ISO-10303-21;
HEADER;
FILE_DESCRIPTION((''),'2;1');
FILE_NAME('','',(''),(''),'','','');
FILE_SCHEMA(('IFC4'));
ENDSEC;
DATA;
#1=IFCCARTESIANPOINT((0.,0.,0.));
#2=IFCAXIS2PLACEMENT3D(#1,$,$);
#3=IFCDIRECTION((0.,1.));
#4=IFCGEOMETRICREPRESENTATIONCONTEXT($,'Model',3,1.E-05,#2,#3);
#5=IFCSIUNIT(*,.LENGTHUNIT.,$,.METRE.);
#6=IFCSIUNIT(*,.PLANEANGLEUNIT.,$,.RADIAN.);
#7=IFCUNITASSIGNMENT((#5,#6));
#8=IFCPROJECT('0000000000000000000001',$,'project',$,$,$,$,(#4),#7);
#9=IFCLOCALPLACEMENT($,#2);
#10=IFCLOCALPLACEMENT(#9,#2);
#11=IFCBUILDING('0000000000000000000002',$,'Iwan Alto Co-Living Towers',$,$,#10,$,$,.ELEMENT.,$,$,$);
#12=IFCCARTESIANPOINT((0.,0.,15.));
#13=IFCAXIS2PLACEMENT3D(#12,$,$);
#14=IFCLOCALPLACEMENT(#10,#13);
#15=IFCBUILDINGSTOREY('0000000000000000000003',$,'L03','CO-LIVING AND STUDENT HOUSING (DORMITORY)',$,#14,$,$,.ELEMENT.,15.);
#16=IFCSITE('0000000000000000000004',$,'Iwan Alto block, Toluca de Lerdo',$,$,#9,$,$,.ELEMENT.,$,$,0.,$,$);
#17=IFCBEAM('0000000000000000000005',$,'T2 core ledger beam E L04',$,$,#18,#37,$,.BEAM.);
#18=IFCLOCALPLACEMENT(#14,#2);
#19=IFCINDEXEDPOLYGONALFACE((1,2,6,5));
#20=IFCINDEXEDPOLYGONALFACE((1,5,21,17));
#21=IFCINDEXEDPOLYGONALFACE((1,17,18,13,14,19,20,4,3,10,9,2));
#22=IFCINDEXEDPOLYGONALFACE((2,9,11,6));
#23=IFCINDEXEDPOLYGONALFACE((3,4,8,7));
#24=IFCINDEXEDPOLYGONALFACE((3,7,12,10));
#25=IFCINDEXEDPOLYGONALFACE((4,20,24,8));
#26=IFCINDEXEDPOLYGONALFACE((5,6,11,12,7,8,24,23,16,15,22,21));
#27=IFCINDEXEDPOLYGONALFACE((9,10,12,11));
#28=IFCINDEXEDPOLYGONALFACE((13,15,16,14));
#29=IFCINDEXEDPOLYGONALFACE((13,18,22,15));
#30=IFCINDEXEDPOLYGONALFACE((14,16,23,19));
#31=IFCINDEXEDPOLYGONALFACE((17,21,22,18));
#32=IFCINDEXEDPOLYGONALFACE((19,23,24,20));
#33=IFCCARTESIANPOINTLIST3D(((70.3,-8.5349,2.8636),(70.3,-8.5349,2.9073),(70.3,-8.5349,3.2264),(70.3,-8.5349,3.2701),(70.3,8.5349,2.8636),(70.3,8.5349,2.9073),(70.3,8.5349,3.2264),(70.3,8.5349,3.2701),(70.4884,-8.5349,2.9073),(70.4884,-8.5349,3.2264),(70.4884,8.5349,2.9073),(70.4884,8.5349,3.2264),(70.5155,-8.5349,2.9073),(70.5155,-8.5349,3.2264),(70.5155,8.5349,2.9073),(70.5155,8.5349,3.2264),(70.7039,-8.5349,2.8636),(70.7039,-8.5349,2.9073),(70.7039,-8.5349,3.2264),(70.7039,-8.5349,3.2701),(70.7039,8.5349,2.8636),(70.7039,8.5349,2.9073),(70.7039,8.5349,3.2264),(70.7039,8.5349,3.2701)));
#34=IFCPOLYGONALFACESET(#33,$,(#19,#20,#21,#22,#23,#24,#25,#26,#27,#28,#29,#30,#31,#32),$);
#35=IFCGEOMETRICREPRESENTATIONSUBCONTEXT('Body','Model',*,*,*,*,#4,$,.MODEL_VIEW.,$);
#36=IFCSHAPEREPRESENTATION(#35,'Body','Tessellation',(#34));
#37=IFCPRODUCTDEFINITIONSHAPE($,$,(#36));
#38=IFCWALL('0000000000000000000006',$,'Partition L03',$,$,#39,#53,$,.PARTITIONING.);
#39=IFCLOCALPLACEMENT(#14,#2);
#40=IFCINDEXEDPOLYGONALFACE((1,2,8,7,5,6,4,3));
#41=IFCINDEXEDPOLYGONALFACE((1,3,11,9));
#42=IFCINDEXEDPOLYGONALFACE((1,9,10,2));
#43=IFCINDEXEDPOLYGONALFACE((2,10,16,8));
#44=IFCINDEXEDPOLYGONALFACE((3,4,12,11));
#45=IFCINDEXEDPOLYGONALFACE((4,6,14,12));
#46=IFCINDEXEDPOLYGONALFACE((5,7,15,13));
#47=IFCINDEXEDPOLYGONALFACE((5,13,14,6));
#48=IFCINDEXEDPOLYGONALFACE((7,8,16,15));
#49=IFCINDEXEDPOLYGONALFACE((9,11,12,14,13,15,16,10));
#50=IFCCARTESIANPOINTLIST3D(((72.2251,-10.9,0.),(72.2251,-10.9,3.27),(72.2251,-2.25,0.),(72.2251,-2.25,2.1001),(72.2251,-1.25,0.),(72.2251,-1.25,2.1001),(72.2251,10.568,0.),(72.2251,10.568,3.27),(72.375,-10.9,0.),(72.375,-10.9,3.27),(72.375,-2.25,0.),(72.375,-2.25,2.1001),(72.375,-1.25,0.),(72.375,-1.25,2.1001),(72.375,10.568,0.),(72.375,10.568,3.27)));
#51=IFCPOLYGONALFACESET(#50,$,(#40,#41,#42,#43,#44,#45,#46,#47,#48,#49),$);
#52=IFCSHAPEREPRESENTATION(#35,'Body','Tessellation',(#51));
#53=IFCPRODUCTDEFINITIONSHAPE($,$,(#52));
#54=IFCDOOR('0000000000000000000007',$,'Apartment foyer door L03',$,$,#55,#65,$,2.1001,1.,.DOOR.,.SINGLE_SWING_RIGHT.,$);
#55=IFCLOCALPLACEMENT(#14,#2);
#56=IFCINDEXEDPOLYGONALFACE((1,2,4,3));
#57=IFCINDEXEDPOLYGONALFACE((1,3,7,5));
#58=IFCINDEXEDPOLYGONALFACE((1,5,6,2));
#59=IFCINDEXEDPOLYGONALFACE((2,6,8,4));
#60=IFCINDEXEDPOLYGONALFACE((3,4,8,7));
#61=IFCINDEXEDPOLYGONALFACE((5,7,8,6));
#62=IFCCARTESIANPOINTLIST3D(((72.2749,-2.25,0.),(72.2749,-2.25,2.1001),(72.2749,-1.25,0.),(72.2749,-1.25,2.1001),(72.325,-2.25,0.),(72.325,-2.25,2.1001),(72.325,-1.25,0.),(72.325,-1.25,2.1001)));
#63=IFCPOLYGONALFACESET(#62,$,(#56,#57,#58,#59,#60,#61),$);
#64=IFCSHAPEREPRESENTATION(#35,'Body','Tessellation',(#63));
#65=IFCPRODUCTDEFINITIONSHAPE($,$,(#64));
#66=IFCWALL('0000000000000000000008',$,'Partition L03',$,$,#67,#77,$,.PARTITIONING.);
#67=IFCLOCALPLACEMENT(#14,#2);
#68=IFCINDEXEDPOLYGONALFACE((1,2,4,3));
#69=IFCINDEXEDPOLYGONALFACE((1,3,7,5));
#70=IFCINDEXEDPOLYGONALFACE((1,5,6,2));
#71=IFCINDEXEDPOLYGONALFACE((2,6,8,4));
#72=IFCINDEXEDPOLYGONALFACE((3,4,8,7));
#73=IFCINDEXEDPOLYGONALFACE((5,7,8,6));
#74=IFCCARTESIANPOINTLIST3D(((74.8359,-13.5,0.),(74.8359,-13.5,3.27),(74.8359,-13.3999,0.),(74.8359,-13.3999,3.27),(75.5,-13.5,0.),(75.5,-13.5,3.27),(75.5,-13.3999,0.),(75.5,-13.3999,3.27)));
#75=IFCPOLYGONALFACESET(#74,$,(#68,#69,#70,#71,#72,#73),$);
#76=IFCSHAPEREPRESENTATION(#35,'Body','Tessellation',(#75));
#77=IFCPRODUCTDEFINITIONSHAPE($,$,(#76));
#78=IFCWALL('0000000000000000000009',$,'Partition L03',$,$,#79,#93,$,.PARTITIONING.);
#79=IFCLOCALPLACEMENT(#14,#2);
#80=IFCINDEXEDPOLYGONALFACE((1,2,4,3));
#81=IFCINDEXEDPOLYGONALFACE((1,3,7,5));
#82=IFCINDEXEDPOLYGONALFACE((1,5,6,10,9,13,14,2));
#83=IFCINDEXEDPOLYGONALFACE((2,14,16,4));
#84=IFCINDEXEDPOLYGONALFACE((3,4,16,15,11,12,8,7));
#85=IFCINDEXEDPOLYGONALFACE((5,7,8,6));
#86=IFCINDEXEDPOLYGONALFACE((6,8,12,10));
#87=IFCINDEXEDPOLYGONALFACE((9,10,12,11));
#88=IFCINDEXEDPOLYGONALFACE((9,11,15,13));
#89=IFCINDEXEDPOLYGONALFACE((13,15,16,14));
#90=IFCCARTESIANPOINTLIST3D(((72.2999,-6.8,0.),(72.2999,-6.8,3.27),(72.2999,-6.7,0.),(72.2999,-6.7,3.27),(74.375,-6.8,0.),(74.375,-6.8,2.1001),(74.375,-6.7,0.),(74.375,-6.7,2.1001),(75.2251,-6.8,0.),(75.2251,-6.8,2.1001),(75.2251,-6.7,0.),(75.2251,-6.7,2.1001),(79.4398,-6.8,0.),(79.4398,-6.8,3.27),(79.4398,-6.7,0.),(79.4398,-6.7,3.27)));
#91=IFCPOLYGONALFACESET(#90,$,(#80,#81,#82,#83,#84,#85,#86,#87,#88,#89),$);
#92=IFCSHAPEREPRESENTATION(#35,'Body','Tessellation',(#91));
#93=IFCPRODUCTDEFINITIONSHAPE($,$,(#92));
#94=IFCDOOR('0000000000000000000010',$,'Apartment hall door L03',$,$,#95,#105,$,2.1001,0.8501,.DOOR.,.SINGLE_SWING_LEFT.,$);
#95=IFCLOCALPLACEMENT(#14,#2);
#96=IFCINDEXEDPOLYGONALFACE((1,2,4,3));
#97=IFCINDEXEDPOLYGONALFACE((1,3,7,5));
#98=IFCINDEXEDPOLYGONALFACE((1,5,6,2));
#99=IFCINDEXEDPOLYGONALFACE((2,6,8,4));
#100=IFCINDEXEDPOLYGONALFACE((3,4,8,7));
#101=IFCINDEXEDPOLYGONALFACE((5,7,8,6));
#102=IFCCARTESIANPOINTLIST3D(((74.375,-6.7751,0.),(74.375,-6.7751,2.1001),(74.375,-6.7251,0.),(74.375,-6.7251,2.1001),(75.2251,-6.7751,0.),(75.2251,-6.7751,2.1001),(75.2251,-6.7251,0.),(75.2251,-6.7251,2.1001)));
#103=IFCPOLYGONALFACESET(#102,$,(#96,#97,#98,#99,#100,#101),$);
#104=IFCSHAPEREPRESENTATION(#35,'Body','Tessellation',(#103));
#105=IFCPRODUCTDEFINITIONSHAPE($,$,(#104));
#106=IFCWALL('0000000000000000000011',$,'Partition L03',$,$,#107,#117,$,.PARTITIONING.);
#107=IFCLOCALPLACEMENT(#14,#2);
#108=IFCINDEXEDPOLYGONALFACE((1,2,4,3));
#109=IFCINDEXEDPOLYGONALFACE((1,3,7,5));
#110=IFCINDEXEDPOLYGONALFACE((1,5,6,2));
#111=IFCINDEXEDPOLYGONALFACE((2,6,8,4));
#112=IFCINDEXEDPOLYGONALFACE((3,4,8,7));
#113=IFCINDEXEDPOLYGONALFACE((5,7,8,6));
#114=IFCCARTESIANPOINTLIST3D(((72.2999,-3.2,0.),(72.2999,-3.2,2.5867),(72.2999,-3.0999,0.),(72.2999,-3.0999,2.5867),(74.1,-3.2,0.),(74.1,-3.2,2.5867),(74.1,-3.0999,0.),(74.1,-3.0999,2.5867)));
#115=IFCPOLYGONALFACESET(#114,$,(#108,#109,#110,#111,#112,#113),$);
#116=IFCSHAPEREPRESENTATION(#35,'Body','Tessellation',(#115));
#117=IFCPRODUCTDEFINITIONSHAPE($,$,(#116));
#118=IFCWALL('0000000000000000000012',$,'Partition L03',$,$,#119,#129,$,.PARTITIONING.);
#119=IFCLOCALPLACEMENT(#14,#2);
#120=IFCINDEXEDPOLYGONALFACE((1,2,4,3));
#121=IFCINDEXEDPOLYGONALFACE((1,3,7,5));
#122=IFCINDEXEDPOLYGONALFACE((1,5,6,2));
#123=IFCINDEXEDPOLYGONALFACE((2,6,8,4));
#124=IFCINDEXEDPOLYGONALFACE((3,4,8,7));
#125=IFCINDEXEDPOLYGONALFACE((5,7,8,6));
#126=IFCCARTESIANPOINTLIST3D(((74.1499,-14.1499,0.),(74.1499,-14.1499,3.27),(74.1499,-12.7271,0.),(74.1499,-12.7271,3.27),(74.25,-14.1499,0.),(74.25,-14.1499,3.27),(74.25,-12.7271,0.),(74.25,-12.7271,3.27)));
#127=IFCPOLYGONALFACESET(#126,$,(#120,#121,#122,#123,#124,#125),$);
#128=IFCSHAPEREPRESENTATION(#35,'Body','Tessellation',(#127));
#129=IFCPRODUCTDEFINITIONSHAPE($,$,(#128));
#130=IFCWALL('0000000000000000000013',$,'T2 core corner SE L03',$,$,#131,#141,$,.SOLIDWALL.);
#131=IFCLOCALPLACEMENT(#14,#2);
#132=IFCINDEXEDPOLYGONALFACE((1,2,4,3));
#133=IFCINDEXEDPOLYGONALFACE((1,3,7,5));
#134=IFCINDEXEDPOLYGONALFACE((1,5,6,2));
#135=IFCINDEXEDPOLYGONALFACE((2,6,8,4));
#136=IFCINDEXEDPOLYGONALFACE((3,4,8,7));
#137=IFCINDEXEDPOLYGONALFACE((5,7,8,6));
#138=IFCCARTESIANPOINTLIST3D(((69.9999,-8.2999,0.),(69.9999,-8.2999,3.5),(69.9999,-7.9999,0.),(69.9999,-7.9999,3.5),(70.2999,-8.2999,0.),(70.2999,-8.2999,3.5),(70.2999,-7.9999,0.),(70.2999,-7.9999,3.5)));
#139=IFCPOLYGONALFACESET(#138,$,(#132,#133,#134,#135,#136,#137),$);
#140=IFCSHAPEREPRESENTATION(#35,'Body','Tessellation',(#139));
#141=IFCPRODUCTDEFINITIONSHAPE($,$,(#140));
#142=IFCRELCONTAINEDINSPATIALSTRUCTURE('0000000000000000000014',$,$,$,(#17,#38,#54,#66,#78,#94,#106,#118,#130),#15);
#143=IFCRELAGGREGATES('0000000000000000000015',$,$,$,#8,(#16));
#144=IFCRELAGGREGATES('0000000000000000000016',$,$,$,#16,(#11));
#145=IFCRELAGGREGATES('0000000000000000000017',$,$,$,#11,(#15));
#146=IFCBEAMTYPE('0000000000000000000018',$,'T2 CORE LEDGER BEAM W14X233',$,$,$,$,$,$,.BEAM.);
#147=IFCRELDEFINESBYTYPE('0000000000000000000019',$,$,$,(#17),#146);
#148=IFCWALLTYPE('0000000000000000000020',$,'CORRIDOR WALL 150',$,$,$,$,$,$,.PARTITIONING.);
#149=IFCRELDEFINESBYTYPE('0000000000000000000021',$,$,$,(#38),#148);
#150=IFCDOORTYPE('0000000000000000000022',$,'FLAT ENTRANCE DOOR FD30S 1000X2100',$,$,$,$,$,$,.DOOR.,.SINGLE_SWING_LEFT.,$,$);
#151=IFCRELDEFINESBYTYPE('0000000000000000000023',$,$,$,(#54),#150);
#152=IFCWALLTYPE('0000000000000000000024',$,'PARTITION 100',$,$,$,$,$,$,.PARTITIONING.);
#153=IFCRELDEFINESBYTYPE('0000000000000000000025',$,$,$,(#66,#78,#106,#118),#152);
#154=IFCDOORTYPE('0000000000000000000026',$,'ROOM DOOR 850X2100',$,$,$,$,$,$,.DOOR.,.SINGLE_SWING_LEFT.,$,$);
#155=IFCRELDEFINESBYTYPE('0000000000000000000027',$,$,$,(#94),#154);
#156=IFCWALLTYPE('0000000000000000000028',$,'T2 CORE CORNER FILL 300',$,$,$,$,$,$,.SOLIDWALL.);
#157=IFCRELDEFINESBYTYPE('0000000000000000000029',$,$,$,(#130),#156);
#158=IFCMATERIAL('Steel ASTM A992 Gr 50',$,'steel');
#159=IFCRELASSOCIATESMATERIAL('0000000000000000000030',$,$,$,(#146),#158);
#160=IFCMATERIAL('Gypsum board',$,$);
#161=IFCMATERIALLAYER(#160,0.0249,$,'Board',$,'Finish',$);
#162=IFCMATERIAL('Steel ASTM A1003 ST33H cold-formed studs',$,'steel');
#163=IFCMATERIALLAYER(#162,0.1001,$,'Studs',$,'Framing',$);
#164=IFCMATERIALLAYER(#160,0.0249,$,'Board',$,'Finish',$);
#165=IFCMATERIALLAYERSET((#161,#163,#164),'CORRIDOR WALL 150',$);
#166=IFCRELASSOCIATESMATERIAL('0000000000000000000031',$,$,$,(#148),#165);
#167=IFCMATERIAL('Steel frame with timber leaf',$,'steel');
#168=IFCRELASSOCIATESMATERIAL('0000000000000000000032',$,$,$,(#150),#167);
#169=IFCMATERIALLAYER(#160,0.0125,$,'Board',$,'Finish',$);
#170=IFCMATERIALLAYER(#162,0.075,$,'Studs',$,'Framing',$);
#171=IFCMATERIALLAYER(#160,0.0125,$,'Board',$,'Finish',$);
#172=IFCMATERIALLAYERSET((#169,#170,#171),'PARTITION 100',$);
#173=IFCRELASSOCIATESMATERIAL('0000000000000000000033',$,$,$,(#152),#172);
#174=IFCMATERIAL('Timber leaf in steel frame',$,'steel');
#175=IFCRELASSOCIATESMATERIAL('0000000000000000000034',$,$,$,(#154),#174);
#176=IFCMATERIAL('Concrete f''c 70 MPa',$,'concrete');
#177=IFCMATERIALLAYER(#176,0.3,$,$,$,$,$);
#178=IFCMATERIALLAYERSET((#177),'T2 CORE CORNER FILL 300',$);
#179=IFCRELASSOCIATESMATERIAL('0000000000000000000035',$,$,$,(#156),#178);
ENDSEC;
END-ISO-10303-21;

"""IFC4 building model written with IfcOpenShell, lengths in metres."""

from ifc_helpers import new_model, si_unit, direction, frame, frame_2d, origin, origin_2d, place, context, subcontext, project, spatial, rectangle, i_section, extrude, material, layer, layer_set, material_profile, profile_set, type_object, element, fill, save


model = new_model("IFC4")

# Units and contexts
model_context = context("Model", 3, precision=1e-05, world=origin(), true_north=direction((0.0, 1.0)))
body_context = subcontext(model_context, "Body", "Model", "MODEL_VIEW")
ifc_project = project(units=[si_unit("LENGTHUNIT", "METRE"), si_unit("PLANEANGLEUNIT", "RADIAN")], contexts=[model_context])

# Site, building, storey
site_placement = place(None, origin())
site = spatial("IfcSite", under=ifc_project, at=site_placement, Name="Iwan Alto block, Toluca de Lerdo", CompositionType="ELEMENT", RefElevation=0.0)
building_placement = place(site_placement, origin())
building = spatial("IfcBuilding", under=site, at=building_placement, Name="Iwan Alto Co-Living Towers", CompositionType="ELEMENT")
storey_placement = place(building_placement, frame((0.0, 0.0, 15.0)))
storey = spatial("IfcBuildingStorey", under=building, at=storey_placement, Name="L03", Description="CO-LIVING AND STUDENT HOUSING (DORMITORY)", CompositionType="ELEMENT", Elevation=15.0)

# Beam
ifc_material_1 = material(Name="Steel ASTM A992 Gr 50", Category="steel")
ifc_material_profile = material_profile(ifc_material_1, i_section(OverallWidth=0.4038, OverallDepth=0.4065, WebThickness=0.0271, FlangeThickness=0.0437, at=origin_2d()), Name="W14X233")
ifc_profile_set = profile_set([ifc_material_profile], Name="Steel ASTM A992 Gr 50")
beam_type = type_object("IfcBeamType", Name="T2 CORE LEDGER BEAM W14X233", PredefinedType="BEAM", material=ifc_profile_set)
beam_placement = place(storey_placement, frame((70.502, -8.5349, 3.0669), z_axis=(0.0, 1.0, 0.0), x_axis=(-1.0, 0.0, 0.0)))
element("IfcBeam", 1, at=beam_placement, inside=storey, type_object=beam_type, Name="T2 core ledger beam E L04", PredefinedType="BEAM", context=body_context, shape_type="SweptSolid", body=[
    extrude(i_section(OverallWidth=0.4038, OverallDepth=0.4065, WebThickness=0.0271, FlangeThickness=0.0437, at=origin_2d()), origin(), (0.0, 0.0, 1.0), 17.0698),
])

# Wall, opening, door
ifc_material_2 = material(Name="Gypsum board")
ifc_layer_1 = layer(ifc_material_2, 0.0249, Name="Board", Category="Finish")
ifc_material_3 = material(Name="Steel ASTM A1003 ST33H cold-formed studs", Category="steel")
ifc_layer_2 = layer(ifc_material_3, 0.1001, Name="Studs", Category="Framing")
ifc_layer_3 = layer(ifc_material_2, 0.0249, Name="Board", Category="Finish")
ifc_layer_set_1 = layer_set([ifc_layer_1, ifc_layer_2, ifc_layer_3], Name="CORRIDOR WALL 150")
wall_type_1 = type_object("IfcWallType", Name="CORRIDOR WALL 150", PredefinedType="PARTITIONING", material=ifc_layer_set_1)
wall_1_placement = place(storey_placement, frame((72.3, -10.8999, 0.0), z_axis=(0.0, 0.0, 1.0), x_axis=(0.0, 1.0, 0.0)))
wall_1 = element("IfcWall", 2, at=wall_1_placement, inside=storey, type_object=wall_type_1, Name="Partition L03", PredefinedType="PARTITIONING", context=body_context, shape_type="SweptSolid", body=[
    extrude(rectangle(XDim=21.468, YDim=0.1499, at=frame_2d((10.7339, 0.0))), origin(), (0.0, 0.0, 1.0), 3.27),
])
opening_1_placement = place(wall_1_placement, frame((8.6499, 0.0, 0.0)))
opening_1 = element("IfcOpeningElement", 3, at=opening_1_placement, cuts=wall_1, PredefinedType="OPENING", context=body_context, shape_type="SweptSolid", body=[
    extrude(rectangle(XDim=1.0, YDim=2.1001, at=frame_2d((0.5, 1.05))), frame((0.0, 0.085, 0.0), z_axis=(0.0, -1.0, 0.0), x_axis=(1.0, 0.0, 0.0)), (0.0, 0.0, 1.0), 0.1699),
])
ifc_material_4 = material(Name="Steel frame with timber leaf", Category="steel")
door_type_1 = type_object("IfcDoorType", Name="FLAT ENTRANCE DOOR FD30S 1000X2100", OperationType="SINGLE_SWING_LEFT", PredefinedType="DOOR", material=ifc_material_4)
door_1_placement = place(opening_1_placement, frame((1.0, 0.0, 0.0), z_axis=(0.0, 0.0, 1.0), x_axis=(-1.0, 0.0, 0.0)))
door_1 = element("IfcDoor", 4, at=door_1_placement, inside=storey, type_object=door_type_1, Name="Apartment foyer door L03", OperationType="SINGLE_SWING_RIGHT", OverallHeight=2.1001, OverallWidth=1.0, PredefinedType="DOOR", context=body_context, shape_type="SweptSolid", body=[
    extrude(rectangle(XDim=1.0, YDim=2.1001, at=frame_2d((0.5, 1.05))), frame((0.0, 0.0249, 0.0), z_axis=(0.0, -1.0, 0.0), x_axis=(1.0, 0.0, 0.0)), (0.0, 0.0, 1.0), 0.05),
])
fill(opening_1, door_1)

# Wall
ifc_layer_4 = layer(ifc_material_2, 0.0125, Name="Board", Category="Finish")
ifc_layer_5 = layer(ifc_material_3, 0.075, Name="Studs", Category="Framing")
ifc_layer_6 = layer(ifc_material_2, 0.0125, Name="Board", Category="Finish")
ifc_layer_set_2 = layer_set([ifc_layer_4, ifc_layer_5, ifc_layer_6], Name="PARTITION 100")
wall_type_2 = type_object("IfcWallType", Name="PARTITION 100", PredefinedType="PARTITIONING", material=ifc_layer_set_2)
wall_2_placement = place(storey_placement, frame((74.8359, -13.45, 0.0), z_axis=(0.0, 0.0, 1.0), x_axis=(1.0, 0.0, 0.0)))
element("IfcWall", 5, at=wall_2_placement, inside=storey, type_object=wall_type_2, Name="Partition L03", PredefinedType="PARTITIONING", context=body_context, shape_type="SweptSolid", body=[
    extrude(rectangle(XDim=0.6641, YDim=0.1001, at=frame_2d((0.332, 0.0))), origin(), (0.0, 0.0, 1.0), 3.27),
])

# Wall, opening, door
wall_3_placement = place(storey_placement, frame((72.3, -6.75, 0.0), z_axis=(0.0, 0.0, 1.0), x_axis=(1.0, 0.0, 0.0)))
wall_3 = element("IfcWall", 6, at=wall_3_placement, inside=storey, type_object=wall_type_2, Name="Partition L03", PredefinedType="PARTITIONING", context=body_context, shape_type="SweptSolid", body=[
    extrude(rectangle(XDim=7.1399, YDim=0.1001, at=frame_2d((3.5698, 0.0))), origin(), (0.0, 0.0, 1.0), 3.27),
])
opening_2_placement = place(wall_3_placement, frame((2.075, 0.0, 0.0)))
opening_2 = element("IfcOpeningElement", 7, at=opening_2_placement, cuts=wall_3, PredefinedType="OPENING", context=body_context, shape_type="SweptSolid", body=[
    extrude(rectangle(XDim=0.8501, YDim=2.1001, at=frame_2d((0.425, 1.05))), frame((0.0, 0.0601, 0.0), z_axis=(0.0, -1.0, 0.0), x_axis=(1.0, 0.0, 0.0)), (0.0, 0.0, 1.0), 0.1201),
])
ifc_material_5 = material(Name="Timber leaf in steel frame", Category="steel")
door_type_2 = type_object("IfcDoorType", Name="ROOM DOOR 850X2100", OperationType="SINGLE_SWING_LEFT", PredefinedType="DOOR", material=ifc_material_5)
door_2_placement = place(opening_2_placement, origin())
door_2 = element("IfcDoor", 8, at=door_2_placement, inside=storey, type_object=door_type_2, Name="Apartment hall door L03", OperationType="SINGLE_SWING_LEFT", OverallHeight=2.1001, OverallWidth=0.8501, PredefinedType="DOOR", context=body_context, shape_type="SweptSolid", body=[
    extrude(rectangle(XDim=0.8501, YDim=2.1001, at=frame_2d((0.425, 1.05))), frame((0.0, 0.0249, 0.0), z_axis=(0.0, -1.0, 0.0), x_axis=(1.0, 0.0, 0.0)), (0.0, 0.0, 1.0), 0.05),
])
fill(opening_2, door_2)

# Walls
wall_4_placement = place(storey_placement, frame((72.3, -3.1499, 0.0), z_axis=(0.0, 0.0, 1.0), x_axis=(1.0, 0.0, 0.0)))
element("IfcWall", 9, at=wall_4_placement, inside=storey, type_object=wall_type_2, Name="Partition L03", PredefinedType="PARTITIONING", context=body_context, shape_type="SweptSolid", body=[
    extrude(rectangle(XDim=1.8, YDim=0.1001, at=frame_2d((0.8999, 0.0))), origin(), (0.0, 0.0, 1.0), 2.5867),
])
wall_5_placement = place(storey_placement, frame((74.2, -14.1499, 0.0), z_axis=(0.0, 0.0, 1.0), x_axis=(0.0, 1.0, 0.0)))
element("IfcWall", 10, at=wall_5_placement, inside=storey, type_object=wall_type_2, Name="Partition L03", PredefinedType="PARTITIONING", context=body_context, shape_type="SweptSolid", body=[
    extrude(rectangle(XDim=1.4229, YDim=0.1001, at=frame_2d((0.7114, 0.0))), origin(), (0.0, 0.0, 1.0), 3.27),
])
ifc_material_6 = material(Name="Concrete f'c 70 MPa", Category="concrete")
ifc_layer_7 = layer(ifc_material_6, 0.3)
ifc_layer_set_3 = layer_set([ifc_layer_7], Name="T2 CORE CORNER FILL 300")
wall_type_3 = type_object("IfcWallType", Name="T2 CORE CORNER FILL 300", PredefinedType="SOLIDWALL", material=ifc_layer_set_3)
wall_6_placement = place(storey_placement, frame((70.0, -8.1499, 0.0), z_axis=(0.0, 0.0, 1.0), x_axis=(1.0, 0.0, 0.0)))
element("IfcWall", 11, at=wall_6_placement, inside=storey, type_object=wall_type_3, Name="T2 core corner SE L03", PredefinedType="SOLIDWALL", context=body_context, shape_type="SweptSolid", body=[
    extrude(rectangle(XDim=0.3, YDim=0.3, at=frame_2d((0.1499, 0.0))), origin(), (0.0, 0.0, 1.0), 3.5),
])

save(model, "model.ifc")
